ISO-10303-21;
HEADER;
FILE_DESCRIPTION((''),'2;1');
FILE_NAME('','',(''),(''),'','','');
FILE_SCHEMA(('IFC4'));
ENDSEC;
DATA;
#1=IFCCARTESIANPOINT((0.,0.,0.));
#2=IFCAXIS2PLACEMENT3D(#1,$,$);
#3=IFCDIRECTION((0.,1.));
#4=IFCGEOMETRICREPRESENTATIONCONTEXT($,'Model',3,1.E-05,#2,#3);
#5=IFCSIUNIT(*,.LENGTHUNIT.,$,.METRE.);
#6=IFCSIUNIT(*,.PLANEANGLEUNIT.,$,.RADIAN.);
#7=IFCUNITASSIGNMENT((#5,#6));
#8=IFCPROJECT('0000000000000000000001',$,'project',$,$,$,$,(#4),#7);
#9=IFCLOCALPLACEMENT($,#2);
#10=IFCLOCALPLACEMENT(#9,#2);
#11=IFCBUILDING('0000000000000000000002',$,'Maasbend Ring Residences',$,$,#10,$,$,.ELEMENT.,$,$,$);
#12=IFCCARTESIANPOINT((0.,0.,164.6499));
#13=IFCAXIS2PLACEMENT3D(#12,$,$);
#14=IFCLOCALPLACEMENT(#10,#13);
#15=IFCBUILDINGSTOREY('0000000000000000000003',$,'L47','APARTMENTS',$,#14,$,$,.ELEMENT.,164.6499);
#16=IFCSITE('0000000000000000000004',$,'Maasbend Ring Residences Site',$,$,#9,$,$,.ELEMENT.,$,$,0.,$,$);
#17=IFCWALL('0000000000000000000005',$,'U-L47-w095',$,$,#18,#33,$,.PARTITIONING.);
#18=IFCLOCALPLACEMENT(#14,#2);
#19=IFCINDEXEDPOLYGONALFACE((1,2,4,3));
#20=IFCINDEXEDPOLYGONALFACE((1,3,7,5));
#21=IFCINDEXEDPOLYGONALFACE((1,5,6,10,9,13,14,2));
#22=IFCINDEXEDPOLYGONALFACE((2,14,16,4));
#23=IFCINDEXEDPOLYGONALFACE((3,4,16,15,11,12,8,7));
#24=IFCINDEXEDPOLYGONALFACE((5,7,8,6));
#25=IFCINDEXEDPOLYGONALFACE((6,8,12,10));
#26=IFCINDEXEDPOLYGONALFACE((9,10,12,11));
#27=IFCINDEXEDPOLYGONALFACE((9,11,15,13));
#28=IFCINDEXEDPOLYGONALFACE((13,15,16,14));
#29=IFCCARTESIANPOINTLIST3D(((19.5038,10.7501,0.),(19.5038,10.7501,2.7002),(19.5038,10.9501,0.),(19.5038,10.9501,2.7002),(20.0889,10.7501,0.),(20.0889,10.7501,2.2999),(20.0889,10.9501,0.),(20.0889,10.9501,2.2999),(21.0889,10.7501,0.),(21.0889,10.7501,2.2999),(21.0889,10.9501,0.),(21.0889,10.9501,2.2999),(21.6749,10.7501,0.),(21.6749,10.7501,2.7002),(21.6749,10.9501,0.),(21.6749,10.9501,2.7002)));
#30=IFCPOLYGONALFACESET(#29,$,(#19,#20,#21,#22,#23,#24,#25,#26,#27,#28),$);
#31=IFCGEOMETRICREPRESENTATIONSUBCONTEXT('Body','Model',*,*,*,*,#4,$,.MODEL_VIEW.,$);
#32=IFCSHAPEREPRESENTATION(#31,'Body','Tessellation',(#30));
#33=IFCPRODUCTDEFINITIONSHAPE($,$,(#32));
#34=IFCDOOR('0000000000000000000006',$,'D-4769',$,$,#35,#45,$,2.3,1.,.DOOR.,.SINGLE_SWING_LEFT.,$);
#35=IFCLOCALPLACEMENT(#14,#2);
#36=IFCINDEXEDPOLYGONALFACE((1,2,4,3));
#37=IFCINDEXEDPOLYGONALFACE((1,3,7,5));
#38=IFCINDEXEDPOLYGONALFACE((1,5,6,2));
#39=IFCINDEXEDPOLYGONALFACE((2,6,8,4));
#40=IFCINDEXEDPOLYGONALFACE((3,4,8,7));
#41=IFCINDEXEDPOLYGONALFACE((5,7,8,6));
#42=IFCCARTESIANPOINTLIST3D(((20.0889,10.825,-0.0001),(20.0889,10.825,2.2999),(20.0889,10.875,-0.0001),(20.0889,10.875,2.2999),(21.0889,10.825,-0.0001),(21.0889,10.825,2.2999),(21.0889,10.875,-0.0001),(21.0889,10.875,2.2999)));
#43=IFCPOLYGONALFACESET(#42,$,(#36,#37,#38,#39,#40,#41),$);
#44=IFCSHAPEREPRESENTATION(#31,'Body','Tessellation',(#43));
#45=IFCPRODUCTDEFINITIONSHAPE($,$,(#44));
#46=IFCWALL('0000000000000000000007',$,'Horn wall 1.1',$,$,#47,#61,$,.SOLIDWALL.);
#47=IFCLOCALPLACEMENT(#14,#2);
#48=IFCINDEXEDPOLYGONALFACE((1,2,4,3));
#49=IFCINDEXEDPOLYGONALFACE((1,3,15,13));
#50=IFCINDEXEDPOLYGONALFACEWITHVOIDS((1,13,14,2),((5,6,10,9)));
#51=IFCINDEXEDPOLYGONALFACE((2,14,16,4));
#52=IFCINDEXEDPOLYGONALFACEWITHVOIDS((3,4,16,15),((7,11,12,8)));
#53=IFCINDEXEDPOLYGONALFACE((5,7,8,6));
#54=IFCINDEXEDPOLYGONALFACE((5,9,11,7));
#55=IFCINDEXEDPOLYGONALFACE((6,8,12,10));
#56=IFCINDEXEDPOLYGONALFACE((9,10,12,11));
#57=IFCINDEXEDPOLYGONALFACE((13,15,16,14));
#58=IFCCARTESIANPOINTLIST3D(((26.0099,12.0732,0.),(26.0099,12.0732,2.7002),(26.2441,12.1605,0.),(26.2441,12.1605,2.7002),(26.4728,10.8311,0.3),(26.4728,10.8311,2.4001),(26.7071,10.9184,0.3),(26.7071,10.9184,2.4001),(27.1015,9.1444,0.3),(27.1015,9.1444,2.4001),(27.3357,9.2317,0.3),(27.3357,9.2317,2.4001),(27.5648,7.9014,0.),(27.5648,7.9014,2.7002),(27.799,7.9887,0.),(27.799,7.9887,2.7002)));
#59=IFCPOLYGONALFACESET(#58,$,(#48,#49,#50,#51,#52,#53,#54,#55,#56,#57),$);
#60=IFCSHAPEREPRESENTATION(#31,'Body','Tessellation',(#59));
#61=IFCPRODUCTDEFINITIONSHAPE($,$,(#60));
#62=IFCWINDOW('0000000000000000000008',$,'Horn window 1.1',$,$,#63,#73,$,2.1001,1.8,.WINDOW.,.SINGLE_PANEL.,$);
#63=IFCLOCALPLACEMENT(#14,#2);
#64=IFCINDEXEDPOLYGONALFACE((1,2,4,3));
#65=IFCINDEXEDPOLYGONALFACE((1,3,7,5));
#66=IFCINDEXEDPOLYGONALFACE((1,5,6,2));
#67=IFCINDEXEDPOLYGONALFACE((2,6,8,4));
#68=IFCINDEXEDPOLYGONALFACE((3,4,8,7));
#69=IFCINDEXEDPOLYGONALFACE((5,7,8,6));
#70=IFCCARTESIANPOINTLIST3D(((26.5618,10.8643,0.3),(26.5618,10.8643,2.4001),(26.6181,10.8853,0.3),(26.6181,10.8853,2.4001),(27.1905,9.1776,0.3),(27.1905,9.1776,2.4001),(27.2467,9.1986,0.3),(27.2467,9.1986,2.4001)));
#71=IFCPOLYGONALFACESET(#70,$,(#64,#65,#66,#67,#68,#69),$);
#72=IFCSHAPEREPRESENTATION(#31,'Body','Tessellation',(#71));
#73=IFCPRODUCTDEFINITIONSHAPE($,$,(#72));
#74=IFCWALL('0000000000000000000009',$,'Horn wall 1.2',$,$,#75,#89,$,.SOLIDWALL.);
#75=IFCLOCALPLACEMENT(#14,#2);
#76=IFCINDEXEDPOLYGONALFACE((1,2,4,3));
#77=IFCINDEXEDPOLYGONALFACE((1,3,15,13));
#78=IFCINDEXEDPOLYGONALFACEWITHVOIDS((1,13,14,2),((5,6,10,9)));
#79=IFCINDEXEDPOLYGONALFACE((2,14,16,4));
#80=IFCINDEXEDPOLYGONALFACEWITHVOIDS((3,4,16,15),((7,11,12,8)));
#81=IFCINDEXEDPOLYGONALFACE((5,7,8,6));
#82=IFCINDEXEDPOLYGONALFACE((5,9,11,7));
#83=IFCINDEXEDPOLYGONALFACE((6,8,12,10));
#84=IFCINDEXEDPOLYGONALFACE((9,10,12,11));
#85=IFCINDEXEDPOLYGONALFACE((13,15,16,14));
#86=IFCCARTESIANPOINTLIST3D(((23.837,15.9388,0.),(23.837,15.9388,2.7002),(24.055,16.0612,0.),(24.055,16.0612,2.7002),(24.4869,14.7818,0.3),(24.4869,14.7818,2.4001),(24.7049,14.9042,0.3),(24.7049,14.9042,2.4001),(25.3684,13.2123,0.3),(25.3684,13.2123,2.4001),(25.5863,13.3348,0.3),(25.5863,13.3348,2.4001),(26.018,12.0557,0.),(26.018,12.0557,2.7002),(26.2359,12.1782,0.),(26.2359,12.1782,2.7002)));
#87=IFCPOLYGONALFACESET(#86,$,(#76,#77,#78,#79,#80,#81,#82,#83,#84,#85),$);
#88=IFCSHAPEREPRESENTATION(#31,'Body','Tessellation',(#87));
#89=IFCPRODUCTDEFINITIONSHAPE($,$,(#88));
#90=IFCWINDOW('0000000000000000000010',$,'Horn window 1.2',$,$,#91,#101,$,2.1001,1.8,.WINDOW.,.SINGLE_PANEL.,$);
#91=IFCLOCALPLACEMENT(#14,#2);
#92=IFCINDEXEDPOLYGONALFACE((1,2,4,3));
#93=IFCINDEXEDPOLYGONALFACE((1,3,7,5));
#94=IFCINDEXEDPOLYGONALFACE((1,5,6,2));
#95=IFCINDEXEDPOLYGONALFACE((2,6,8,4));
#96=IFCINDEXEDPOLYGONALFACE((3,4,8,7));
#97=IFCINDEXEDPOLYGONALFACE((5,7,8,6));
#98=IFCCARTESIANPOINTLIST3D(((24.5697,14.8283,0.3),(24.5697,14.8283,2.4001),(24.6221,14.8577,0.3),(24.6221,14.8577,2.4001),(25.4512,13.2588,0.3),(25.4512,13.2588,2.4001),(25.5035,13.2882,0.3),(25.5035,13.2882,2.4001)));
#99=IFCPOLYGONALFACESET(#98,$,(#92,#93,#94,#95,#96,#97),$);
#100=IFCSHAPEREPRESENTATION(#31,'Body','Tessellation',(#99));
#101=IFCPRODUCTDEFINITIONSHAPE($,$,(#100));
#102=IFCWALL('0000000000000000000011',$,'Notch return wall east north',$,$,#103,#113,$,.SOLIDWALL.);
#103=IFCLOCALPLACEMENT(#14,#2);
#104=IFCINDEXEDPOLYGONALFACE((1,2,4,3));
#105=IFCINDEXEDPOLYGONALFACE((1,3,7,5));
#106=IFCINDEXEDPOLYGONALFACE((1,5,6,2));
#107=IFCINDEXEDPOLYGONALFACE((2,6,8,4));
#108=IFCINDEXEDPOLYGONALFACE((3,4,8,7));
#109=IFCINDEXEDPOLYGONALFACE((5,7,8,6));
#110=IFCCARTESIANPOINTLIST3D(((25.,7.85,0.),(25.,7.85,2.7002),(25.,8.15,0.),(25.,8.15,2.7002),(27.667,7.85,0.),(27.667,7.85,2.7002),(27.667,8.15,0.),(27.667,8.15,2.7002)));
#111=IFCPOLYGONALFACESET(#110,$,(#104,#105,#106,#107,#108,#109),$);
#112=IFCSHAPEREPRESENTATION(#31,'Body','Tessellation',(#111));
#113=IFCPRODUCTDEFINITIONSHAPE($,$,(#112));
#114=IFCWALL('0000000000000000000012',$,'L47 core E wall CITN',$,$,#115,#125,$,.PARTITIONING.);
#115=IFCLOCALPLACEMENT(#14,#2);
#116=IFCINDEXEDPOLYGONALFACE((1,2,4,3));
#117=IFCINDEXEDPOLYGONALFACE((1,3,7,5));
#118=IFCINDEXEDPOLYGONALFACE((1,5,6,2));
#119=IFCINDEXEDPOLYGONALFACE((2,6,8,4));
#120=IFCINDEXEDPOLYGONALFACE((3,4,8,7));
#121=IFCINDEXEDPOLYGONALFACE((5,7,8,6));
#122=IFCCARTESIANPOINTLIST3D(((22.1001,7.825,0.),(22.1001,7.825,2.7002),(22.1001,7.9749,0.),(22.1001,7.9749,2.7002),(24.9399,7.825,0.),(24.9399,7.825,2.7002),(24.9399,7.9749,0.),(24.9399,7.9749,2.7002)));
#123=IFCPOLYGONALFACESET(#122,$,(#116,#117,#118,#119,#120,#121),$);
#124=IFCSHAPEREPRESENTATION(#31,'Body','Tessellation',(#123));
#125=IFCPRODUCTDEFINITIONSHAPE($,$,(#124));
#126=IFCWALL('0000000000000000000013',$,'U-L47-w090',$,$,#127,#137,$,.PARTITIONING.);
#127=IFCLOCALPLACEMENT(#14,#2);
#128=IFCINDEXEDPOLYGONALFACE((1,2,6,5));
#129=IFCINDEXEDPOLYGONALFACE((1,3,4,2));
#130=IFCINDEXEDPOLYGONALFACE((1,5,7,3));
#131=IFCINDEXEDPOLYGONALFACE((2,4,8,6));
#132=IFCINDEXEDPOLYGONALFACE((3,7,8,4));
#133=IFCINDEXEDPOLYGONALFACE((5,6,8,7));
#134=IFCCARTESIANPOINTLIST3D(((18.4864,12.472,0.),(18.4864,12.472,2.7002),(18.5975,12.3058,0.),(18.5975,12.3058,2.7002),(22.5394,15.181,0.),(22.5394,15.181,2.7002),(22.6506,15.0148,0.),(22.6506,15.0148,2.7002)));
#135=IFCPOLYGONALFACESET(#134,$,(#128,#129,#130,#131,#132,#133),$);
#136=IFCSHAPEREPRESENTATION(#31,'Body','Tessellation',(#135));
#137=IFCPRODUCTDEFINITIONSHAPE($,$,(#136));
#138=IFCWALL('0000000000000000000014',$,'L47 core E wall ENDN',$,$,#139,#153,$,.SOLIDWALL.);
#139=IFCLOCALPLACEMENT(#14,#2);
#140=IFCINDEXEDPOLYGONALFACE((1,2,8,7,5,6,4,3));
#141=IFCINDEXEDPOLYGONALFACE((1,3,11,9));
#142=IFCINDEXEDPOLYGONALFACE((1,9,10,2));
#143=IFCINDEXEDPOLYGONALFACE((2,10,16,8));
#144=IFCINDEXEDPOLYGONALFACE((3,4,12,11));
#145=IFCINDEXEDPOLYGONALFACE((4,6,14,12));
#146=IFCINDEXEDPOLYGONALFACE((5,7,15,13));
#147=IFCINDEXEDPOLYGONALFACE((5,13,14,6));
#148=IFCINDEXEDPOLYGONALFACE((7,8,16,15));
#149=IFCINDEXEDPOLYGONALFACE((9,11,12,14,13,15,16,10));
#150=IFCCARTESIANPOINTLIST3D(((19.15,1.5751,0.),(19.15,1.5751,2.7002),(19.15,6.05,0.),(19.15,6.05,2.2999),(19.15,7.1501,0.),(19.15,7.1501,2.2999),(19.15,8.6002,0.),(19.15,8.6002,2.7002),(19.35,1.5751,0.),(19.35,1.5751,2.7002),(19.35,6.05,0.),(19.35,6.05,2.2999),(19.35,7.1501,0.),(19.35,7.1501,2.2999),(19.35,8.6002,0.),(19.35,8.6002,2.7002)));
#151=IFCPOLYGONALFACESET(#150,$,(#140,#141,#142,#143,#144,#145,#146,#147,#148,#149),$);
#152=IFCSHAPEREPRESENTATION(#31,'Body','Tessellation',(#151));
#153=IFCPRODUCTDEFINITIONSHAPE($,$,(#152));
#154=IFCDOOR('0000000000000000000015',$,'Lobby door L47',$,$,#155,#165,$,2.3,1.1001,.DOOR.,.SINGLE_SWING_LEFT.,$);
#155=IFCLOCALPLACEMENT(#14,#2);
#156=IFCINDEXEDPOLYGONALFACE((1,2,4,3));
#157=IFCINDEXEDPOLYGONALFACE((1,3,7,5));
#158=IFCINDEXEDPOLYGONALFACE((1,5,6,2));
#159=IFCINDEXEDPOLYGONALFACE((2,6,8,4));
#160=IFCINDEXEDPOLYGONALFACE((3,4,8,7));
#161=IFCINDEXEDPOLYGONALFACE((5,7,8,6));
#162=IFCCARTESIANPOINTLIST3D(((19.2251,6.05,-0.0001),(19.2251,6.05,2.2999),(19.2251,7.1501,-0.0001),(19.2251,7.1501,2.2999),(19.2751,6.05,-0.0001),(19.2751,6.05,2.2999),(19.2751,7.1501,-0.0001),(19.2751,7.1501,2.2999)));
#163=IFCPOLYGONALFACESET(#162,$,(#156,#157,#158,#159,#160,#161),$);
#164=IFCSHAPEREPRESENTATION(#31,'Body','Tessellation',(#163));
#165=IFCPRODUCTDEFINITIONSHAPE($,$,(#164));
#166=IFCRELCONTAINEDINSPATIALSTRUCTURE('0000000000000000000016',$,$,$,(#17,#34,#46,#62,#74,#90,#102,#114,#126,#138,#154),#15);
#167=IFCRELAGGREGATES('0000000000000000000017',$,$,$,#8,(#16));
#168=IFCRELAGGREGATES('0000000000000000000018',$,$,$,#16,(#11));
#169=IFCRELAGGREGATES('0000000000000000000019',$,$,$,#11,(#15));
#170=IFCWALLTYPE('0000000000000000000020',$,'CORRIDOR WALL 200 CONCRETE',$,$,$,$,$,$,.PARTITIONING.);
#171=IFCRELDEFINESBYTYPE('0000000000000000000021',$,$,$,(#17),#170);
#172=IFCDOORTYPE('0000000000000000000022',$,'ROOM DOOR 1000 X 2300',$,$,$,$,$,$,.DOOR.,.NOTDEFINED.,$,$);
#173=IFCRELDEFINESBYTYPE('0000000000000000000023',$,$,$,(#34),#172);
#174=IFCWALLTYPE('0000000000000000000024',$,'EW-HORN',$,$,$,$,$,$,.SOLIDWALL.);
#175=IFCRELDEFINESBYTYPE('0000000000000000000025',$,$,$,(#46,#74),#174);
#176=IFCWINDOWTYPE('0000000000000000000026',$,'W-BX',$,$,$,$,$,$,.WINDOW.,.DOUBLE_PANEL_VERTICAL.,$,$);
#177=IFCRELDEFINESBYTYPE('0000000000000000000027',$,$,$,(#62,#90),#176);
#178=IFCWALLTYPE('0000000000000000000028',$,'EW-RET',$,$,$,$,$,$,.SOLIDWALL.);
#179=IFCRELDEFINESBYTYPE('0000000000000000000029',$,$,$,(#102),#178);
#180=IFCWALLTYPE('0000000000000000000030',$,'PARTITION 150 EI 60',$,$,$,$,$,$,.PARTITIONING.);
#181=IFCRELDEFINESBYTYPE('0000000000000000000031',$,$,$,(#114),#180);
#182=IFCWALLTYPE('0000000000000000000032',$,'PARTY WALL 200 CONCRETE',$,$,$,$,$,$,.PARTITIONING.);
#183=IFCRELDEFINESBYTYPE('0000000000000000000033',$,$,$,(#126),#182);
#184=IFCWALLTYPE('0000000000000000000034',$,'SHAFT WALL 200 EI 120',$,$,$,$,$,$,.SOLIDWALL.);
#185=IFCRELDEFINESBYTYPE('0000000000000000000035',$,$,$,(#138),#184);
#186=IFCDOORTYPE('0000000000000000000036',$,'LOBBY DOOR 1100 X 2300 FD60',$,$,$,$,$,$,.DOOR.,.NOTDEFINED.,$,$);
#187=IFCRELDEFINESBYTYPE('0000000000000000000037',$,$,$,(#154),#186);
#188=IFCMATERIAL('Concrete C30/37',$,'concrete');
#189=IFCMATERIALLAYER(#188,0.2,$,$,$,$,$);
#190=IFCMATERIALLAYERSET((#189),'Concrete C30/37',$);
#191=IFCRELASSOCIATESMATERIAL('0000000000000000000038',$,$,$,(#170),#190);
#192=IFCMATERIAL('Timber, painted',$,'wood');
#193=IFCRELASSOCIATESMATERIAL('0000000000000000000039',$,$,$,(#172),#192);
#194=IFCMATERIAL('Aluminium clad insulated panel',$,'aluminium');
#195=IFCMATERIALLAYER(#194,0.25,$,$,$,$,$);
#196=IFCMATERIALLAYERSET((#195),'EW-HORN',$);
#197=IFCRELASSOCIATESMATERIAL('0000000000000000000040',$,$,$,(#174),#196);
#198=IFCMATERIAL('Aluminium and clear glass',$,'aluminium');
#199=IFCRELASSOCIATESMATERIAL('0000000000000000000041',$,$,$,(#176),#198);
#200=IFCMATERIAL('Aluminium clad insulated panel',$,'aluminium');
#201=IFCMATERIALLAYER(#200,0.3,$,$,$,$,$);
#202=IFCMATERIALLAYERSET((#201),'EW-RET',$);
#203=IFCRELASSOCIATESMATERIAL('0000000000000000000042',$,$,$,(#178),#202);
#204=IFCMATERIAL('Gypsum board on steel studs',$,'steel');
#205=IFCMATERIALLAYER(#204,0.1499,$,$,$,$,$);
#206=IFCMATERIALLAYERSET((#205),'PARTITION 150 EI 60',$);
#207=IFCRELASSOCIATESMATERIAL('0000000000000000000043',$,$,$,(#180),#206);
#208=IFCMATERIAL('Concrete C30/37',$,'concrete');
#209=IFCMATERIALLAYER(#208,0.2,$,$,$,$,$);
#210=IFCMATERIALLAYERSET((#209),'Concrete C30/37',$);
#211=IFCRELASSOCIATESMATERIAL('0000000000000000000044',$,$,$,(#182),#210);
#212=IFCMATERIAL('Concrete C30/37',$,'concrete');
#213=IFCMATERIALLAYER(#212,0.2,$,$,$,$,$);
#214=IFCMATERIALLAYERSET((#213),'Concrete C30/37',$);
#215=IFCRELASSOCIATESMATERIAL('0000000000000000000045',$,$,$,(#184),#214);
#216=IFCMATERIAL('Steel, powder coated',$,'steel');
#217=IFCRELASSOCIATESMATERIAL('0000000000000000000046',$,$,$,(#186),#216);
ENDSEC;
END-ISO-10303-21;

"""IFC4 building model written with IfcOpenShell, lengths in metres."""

from ifc_helpers import new_model, si_unit, direction, frame, frame_2d, origin, place, context, subcontext, project, spatial, rectangle, extrude, material, layer, layer_set, type_object, element, fill, save


model = new_model("IFC4")

# Units and contexts
model_context = context("Model", 3, precision=1e-05, world=origin(), true_north=direction((0.0, 1.0)))
body_context = subcontext(model_context, "Body", "Model", "MODEL_VIEW")
ifc_project = project(units=[si_unit("LENGTHUNIT", "METRE"), si_unit("PLANEANGLEUNIT", "RADIAN")], contexts=[model_context])

# Site, building, storey
site_placement = place(None, origin())
site = spatial("IfcSite", under=ifc_project, at=site_placement, Name="Maasbend Ring Residences Site", CompositionType="ELEMENT", RefElevation=0.0)
building_placement = place(site_placement, origin())
building = spatial("IfcBuilding", under=site, at=building_placement, Name="Maasbend Ring Residences", CompositionType="ELEMENT")
storey_placement = place(building_placement, frame((0.0, 0.0, 164.6499)))
storey = spatial("IfcBuildingStorey", under=building, at=storey_placement, Name="L47", Description="APARTMENTS", CompositionType="ELEMENT", Elevation=164.6499)

# Shared definitions
ifc_material_1 = material(Name="Concrete C30/37", Category="concrete")
ifc_layer_1 = layer(ifc_material_1, 0.2)
ifc_layer_set_1 = layer_set([ifc_layer_1], Name="Concrete C30/37")
wall_type_1 = type_object("IfcWallType", Name="CORRIDOR WALL 200 CONCRETE", PredefinedType="PARTITIONING", material=ifc_layer_set_1)

# Wall, opening, door
wall_1_placement = place(storey_placement, frame((19.5039, 10.8501, 0.0), z_axis=(0.0, 0.0, 1.0), x_axis=(1.0, 0.0, 0.0)))
wall_1 = element("IfcWall", 1, at=wall_1_placement, inside=storey, type_object=wall_type_1, Name="U-L47-w095", PredefinedType="PARTITIONING", context=body_context, shape_type="SweptSolid", body=[
    extrude(rectangle(XDim=2.1711, YDim=0.2, at=frame_2d((1.0854, 0.0))), origin(), (0.0, 0.0, 1.0), 2.7002),
])
opening_1_placement = place(wall_1_placement, frame((0.585, 0.0, 0.0)))
opening_1 = element("IfcOpeningElement", 2, at=opening_1_placement, cuts=wall_1, PredefinedType="OPENING", context=body_context, shape_type="SweptSolid", body=[
    extrude(rectangle(XDim=1.0, YDim=2.3, at=frame_2d((0.5, 1.1499))), frame((0.0, 0.1099, 0.0), z_axis=(0.0, -1.0, 0.0), x_axis=(1.0, 0.0, 0.0)), (0.0, 0.0, 1.0), 0.22),
])
ifc_material_2 = material(Name="Timber, painted", Category="wood")
door_type_1 = type_object("IfcDoorType", Name="ROOM DOOR 1000 X 2300", OperationType="NOTDEFINED", PredefinedType="DOOR", material=ifc_material_2)
door_1_placement = place(opening_1_placement, origin())
door_1 = element("IfcDoor", 3, at=door_1_placement, inside=storey, type_object=door_type_1, Name="D-4769", OperationType="SINGLE_SWING_LEFT", OverallHeight=2.3, OverallWidth=1.0, PredefinedType="DOOR", context=body_context, shape_type="SweptSolid", body=[
    extrude(rectangle(XDim=1.0, YDim=2.3, at=frame_2d((0.5, 1.1499))), frame((0.0, 0.0249, 0.0), z_axis=(0.0, -1.0, 0.0), x_axis=(1.0, 0.0, 0.0)), (0.0, 0.0, 1.0), 0.05),
])
fill(opening_1, door_1)

# Walls, openings, windows
ifc_material_3 = material(Name="Aluminium clad insulated panel", Category="aluminium")
ifc_layer_2 = layer(ifc_material_3, 0.25)
ifc_layer_set_2 = layer_set([ifc_layer_2], Name="EW-HORN")
wall_type_2 = type_object("IfcWallType", Name="EW-HORN", PredefinedType="SOLIDWALL", material=ifc_layer_set_2)
wall_2_placement = place(storey_placement, frame((27.6819, 7.9451, 0.0), z_axis=(0.0, 0.0, 1.0), x_axis=(-0.349248, 0.93703, 0.0)))
wall_2 = element("IfcWall", 4, at=wall_2_placement, inside=storey, type_object=wall_type_2, Name="Horn wall 1.1", PredefinedType="SOLIDWALL", context=body_context, shape_type="SweptSolid", body=[
    extrude(rectangle(XDim=4.4521, YDim=0.25, at=frame_2d((2.2261, 0.0))), origin(), (0.0, 0.0, 1.0), 2.7002),
])
opening_2_placement = place(wall_2_placement, frame((1.3267, 0.0, 0.3)))
opening_2 = element("IfcOpeningElement", 5, at=opening_2_placement, cuts=wall_2, PredefinedType="OPENING", context=body_context, shape_type="SweptSolid", body=[
    extrude(rectangle(XDim=1.8, YDim=2.1001, at=frame_2d((0.8999, 1.05))), frame((0.0, 0.135, 0.0), z_axis=(0.0, -1.0, 0.0), x_axis=(1.0, 0.0, 0.0)), (0.0, 0.0, 1.0), 0.27),
])
ifc_material_4 = material(Name="Aluminium and clear glass", Category="aluminium")
window_type = type_object("IfcWindowType", Name="W-BX", PartitioningType="DOUBLE_PANEL_VERTICAL", PredefinedType="WINDOW", material=ifc_material_4)
window_1_placement = place(opening_2_placement, origin())
window_1 = element("IfcWindow", 6, at=window_1_placement, inside=storey, type_object=window_type, Name="Horn window 1.1", OverallHeight=2.1001, OverallWidth=1.8, PartitioningType="SINGLE_PANEL", PredefinedType="WINDOW", context=body_context, shape_type="SweptSolid", body=[
    extrude(rectangle(XDim=1.8, YDim=2.1001, at=frame_2d((0.8999, 1.05))), frame((0.0, 0.03, 0.0), z_axis=(0.0, -1.0, 0.0), x_axis=(1.0, 0.0, 0.0)), (0.0, 0.0, 1.0), 0.0601),
])
fill(opening_2, window_1)
wall_3_placement = place(storey_placement, frame((26.127, 12.1169, 0.0), z_axis=(0.0, 0.0, 1.0), x_axis=(-0.489696, 0.871893, 0.0)))
wall_3 = element("IfcWall", 7, at=wall_3_placement, inside=storey, type_object=wall_type_2, Name="Horn wall 1.2", PredefinedType="SOLIDWALL", context=body_context, shape_type="SweptSolid", body=[
    extrude(rectangle(XDim=4.4536, YDim=0.25, at=frame_2d((2.2268, 0.0))), origin(), (0.0, 0.0, 1.0), 2.7002),
])
opening_3_placement = place(wall_3_placement, frame((1.3267, 0.0, 0.3)))
opening_3 = element("IfcOpeningElement", 8, at=opening_3_placement, cuts=wall_3, PredefinedType="OPENING", context=body_context, shape_type="SweptSolid", body=[
    extrude(rectangle(XDim=1.8, YDim=2.1001, at=frame_2d((0.8999, 1.05))), frame((0.0, 0.135, 0.0), z_axis=(0.0, -1.0, 0.0), x_axis=(1.0, 0.0, 0.0)), (0.0, 0.0, 1.0), 0.27),
])
window_2_placement = place(opening_3_placement, origin())
window_2 = element("IfcWindow", 9, at=window_2_placement, inside=storey, type_object=window_type, Name="Horn window 1.2", OverallHeight=2.1001, OverallWidth=1.8, PartitioningType="SINGLE_PANEL", PredefinedType="WINDOW", context=body_context, shape_type="SweptSolid", body=[
    extrude(rectangle(XDim=1.8, YDim=2.1001, at=frame_2d((0.8999, 1.05))), frame((0.0, 0.03, 0.0), z_axis=(0.0, -1.0, 0.0), x_axis=(1.0, 0.0, 0.0)), (0.0, 0.0, 1.0), 0.0601),
])
fill(opening_3, window_2)

# Walls
ifc_material_5 = material(Name="Aluminium clad insulated panel", Category="aluminium")
ifc_layer_3 = layer(ifc_material_5, 0.3)
ifc_layer_set_3 = layer_set([ifc_layer_3], Name="EW-RET")
wall_type_3 = type_object("IfcWallType", Name="EW-RET", PredefinedType="SOLIDWALL", material=ifc_layer_set_3)
wall_4_placement = place(storey_placement, frame((25.0, 8.0, 0.0), z_axis=(0.0, 0.0, 1.0), x_axis=(1.0, 0.0, 0.0)))
element("IfcWall", 10, at=wall_4_placement, inside=storey, type_object=wall_type_3, Name="Notch return wall east north", PredefinedType="SOLIDWALL", context=body_context, shape_type="SweptSolid", body=[
    extrude(rectangle(XDim=2.667, YDim=0.3, at=frame_2d((1.3335, 0.0))), origin(), (0.0, 0.0, 1.0), 2.7002),
])
ifc_material_6 = material(Name="Gypsum board on steel studs", Category="steel")
ifc_layer_4 = layer(ifc_material_6, 0.1499)
ifc_layer_set_4 = layer_set([ifc_layer_4], Name="PARTITION 150 EI 60")
wall_type_4 = type_object("IfcWallType", Name="PARTITION 150 EI 60", PredefinedType="PARTITIONING", material=ifc_layer_set_4)
wall_5_placement = place(storey_placement, frame((22.1001, 7.8999, 0.0), z_axis=(0.0, 0.0, 1.0), x_axis=(1.0, 0.0, 0.0)))
element("IfcWall", 11, at=wall_5_placement, inside=storey, type_object=wall_type_4, Name="L47 core E wall CITN", PredefinedType="PARTITIONING", context=body_context, shape_type="SweptSolid", body=[
    extrude(rectangle(XDim=2.8398, YDim=0.1499, at=frame_2d((1.4199, 0.0))), origin(), (0.0, 0.0, 1.0), 2.7002),
])
ifc_material_7 = material(Name="Concrete C30/37", Category="concrete")
ifc_layer_5 = layer(ifc_material_7, 0.2)
ifc_layer_set_5 = layer_set([ifc_layer_5], Name="Concrete C30/37")
wall_type_5 = type_object("IfcWallType", Name="PARTY WALL 200 CONCRETE", PredefinedType="PARTITIONING", material=ifc_layer_set_5)
wall_6_placement = place(storey_placement, frame((18.542, 12.3889, 0.0), z_axis=(0.0, 0.0, 1.0), x_axis=(0.831387, 0.555694, 0.0)))
element("IfcWall", 12, at=wall_6_placement, inside=storey, type_object=wall_type_5, Name="U-L47-w090", PredefinedType="PARTITIONING", context=body_context, shape_type="SweptSolid", body=[
    extrude(rectangle(XDim=4.875, YDim=0.2, at=frame_2d((2.4375, 0.0))), origin(), (0.0, 0.0, 1.0), 2.7002),
])

# Wall, opening, door
ifc_material_8 = material(Name="Concrete C30/37", Category="concrete")
ifc_layer_6 = layer(ifc_material_8, 0.2)
ifc_layer_set_6 = layer_set([ifc_layer_6], Name="Concrete C30/37")
wall_type_6 = type_object("IfcWallType", Name="SHAFT WALL 200 EI 120", PredefinedType="SOLIDWALL", material=ifc_layer_set_6)
wall_7_placement = place(storey_placement, frame((19.25, 1.575, 0.0), z_axis=(0.0, 0.0, 1.0), x_axis=(0.0, 1.0, 0.0)))
wall_7 = element("IfcWall", 13, at=wall_7_placement, inside=storey, type_object=wall_type_6, Name="L47 core E wall ENDN", PredefinedType="SOLIDWALL", context=body_context, shape_type="SweptSolid", body=[
    extrude(rectangle(XDim=7.0251, YDim=0.2, at=frame_2d((3.5127, 0.0))), origin(), (0.0, 0.0, 1.0), 2.7002),
])
opening_4_placement = place(wall_7_placement, frame((4.4751, 0.0, 0.0)))
opening_4 = element("IfcOpeningElement", 14, at=opening_4_placement, cuts=wall_7, PredefinedType="OPENING", context=body_context, shape_type="SweptSolid", body=[
    extrude(rectangle(XDim=1.1001, YDim=2.3, at=frame_2d((0.55, 1.1499))), frame((0.0, 0.1099, 0.0), z_axis=(0.0, -1.0, 0.0), x_axis=(1.0, 0.0, 0.0)), (0.0, 0.0, 1.0), 0.22),
])
ifc_material_9 = material(Name="Steel, powder coated", Category="steel")
door_type_2 = type_object("IfcDoorType", Name="LOBBY DOOR 1100 X 2300 FD60", OperationType="NOTDEFINED", PredefinedType="DOOR", material=ifc_material_9)
door_2_placement = place(opening_4_placement, origin())
door_2 = element("IfcDoor", 15, at=door_2_placement, inside=storey, type_object=door_type_2, Name="Lobby door L47", OperationType="SINGLE_SWING_LEFT", OverallHeight=2.3, OverallWidth=1.1001, PredefinedType="DOOR", context=body_context, shape_type="SweptSolid", body=[
    extrude(rectangle(XDim=1.1001, YDim=2.3, at=frame_2d((0.55, 1.1499))), frame((0.0, 0.0249, 0.0), z_axis=(0.0, -1.0, 0.0), x_axis=(1.0, 0.0, 0.0)), (0.0, 0.0, 1.0), 0.05),
])
fill(opening_4, door_2)

save(model, "model.ifc")
